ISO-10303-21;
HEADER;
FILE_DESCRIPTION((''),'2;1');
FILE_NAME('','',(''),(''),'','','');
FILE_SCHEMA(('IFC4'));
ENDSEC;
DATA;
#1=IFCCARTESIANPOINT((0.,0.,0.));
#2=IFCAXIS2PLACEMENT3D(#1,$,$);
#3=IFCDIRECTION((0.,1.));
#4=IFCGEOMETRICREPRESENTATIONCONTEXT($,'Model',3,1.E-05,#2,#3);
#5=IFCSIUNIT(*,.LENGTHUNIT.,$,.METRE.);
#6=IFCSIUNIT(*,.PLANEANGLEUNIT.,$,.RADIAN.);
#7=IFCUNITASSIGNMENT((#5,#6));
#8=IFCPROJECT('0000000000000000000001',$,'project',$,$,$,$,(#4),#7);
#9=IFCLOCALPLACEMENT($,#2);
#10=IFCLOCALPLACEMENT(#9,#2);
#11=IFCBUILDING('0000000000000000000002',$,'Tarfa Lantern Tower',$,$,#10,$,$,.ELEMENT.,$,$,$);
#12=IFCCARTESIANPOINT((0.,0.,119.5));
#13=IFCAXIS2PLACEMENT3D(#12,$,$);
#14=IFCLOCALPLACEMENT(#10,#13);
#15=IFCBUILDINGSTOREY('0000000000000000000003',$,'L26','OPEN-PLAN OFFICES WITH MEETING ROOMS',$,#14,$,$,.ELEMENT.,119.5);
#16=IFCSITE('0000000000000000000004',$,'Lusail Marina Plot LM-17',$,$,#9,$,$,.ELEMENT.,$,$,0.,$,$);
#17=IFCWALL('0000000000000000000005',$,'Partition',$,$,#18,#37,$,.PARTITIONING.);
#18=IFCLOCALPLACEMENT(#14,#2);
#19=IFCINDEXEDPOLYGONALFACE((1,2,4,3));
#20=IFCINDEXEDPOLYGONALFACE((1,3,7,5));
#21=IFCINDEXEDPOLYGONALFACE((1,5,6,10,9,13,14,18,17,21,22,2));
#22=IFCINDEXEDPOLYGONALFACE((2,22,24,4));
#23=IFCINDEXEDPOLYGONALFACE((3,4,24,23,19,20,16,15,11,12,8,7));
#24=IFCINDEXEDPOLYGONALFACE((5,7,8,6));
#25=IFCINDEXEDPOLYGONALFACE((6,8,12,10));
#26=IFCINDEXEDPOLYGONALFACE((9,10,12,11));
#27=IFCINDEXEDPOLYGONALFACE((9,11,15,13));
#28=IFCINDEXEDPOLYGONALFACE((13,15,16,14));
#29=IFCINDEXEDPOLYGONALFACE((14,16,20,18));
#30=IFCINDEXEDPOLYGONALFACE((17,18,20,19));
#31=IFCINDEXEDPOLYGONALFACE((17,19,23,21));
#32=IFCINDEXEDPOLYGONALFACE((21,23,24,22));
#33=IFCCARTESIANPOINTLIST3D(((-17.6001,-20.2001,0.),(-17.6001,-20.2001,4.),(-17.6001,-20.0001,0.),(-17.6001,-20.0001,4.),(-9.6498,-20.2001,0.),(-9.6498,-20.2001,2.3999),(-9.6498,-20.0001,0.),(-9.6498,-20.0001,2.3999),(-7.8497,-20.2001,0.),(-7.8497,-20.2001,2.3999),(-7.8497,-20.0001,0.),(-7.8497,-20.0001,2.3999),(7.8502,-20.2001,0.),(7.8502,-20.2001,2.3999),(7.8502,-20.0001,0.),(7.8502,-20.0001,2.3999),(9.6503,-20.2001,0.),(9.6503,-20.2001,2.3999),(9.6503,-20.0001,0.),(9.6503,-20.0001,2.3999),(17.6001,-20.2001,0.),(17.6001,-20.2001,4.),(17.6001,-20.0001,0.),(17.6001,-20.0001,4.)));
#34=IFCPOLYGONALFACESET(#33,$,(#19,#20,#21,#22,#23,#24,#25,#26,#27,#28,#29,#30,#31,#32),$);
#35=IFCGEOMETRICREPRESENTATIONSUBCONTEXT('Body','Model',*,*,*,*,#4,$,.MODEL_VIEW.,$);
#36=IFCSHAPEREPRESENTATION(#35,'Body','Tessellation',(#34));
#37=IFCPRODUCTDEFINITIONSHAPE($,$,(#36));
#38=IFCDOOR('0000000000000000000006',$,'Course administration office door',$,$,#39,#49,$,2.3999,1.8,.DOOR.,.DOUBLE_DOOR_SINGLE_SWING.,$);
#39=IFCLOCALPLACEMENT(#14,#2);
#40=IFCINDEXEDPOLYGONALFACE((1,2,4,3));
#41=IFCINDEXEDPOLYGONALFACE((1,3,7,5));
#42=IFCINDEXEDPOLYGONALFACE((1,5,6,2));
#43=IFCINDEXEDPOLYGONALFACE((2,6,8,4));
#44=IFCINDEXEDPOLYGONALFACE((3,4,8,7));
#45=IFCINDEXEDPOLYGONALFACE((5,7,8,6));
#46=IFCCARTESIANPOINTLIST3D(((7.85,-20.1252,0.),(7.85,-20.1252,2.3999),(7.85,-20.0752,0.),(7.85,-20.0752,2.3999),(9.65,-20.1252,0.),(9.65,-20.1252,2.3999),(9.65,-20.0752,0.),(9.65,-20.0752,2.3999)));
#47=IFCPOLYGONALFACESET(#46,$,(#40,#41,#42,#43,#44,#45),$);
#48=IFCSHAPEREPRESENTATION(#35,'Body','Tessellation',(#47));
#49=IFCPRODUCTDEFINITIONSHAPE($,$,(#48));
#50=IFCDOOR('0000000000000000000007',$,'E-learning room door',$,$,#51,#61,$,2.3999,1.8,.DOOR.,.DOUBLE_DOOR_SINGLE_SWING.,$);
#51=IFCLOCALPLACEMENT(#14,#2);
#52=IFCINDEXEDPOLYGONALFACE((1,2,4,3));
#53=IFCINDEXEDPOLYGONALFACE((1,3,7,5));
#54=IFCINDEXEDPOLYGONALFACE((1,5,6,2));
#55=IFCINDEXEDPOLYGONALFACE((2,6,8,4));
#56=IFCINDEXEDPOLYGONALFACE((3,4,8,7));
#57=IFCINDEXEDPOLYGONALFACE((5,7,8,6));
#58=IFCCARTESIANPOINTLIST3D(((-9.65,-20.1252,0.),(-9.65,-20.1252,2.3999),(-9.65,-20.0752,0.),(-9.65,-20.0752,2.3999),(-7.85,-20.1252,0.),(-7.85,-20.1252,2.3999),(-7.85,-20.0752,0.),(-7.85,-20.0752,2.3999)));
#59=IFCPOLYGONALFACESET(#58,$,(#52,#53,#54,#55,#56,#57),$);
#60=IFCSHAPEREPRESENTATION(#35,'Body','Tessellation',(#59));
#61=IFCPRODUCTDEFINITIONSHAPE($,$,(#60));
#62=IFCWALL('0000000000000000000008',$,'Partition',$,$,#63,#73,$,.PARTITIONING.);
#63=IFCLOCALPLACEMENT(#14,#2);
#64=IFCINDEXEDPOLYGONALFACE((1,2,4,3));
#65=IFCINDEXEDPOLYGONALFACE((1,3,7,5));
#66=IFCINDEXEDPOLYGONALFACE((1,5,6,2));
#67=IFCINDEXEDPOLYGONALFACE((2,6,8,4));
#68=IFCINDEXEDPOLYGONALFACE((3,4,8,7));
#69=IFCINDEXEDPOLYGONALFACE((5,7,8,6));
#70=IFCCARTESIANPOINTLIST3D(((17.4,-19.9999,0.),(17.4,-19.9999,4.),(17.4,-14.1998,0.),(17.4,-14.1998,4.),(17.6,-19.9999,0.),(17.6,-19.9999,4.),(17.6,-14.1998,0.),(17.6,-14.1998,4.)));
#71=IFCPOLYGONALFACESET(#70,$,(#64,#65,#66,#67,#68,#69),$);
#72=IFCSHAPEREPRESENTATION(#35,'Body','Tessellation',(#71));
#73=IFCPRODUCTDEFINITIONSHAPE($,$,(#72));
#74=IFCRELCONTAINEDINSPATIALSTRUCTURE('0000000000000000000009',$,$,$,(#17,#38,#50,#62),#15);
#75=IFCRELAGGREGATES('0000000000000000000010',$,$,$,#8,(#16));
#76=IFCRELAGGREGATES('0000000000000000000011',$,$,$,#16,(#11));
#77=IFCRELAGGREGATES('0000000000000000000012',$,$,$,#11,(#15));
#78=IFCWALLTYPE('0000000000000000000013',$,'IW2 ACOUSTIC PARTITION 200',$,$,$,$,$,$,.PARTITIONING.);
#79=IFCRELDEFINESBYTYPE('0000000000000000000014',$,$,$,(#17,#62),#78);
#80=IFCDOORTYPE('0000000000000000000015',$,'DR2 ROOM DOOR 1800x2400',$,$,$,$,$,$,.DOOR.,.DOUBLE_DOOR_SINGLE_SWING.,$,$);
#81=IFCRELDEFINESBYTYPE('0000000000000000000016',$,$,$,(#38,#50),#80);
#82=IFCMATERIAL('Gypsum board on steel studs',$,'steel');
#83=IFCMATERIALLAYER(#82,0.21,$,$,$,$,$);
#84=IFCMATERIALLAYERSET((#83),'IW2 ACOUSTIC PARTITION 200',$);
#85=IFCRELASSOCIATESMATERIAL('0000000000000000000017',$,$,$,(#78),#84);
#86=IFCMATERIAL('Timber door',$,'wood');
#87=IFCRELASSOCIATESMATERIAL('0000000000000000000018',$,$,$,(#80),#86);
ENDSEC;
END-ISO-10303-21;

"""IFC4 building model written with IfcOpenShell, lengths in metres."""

from ifc_helpers import new_model, si_unit, direction, frame, frame_2d, origin, place, context, subcontext, project, spatial, rectangle, extrude, material, layer, layer_set, type_object, element, fill, save


model = new_model("IFC4")

# Units and contexts
model_context = context("Model", 3, precision=1e-05, world=origin(), true_north=direction((0.0, 1.0)))
body_context = subcontext(model_context, "Body", "Model", "MODEL_VIEW")
ifc_project = project(units=[si_unit("LENGTHUNIT", "METRE"), si_unit("PLANEANGLEUNIT", "RADIAN")], contexts=[model_context])

# Site, building, storey
site_placement = place(None, origin())
site = spatial("IfcSite", under=ifc_project, at=site_placement, Name="Lusail Marina Plot LM-17", CompositionType="ELEMENT", RefElevation=0.0)
building_placement = place(site_placement, origin())
building = spatial("IfcBuilding", under=site, at=building_placement, Name="Tarfa Lantern Tower", CompositionType="ELEMENT")
storey_placement = place(building_placement, frame((0.0, 0.0, 119.5)))
storey = spatial("IfcBuildingStorey", under=building, at=storey_placement, Name="L26", Description="OPEN-PLAN OFFICES WITH MEETING ROOMS", CompositionType="ELEMENT", Elevation=119.5)

# Shared definitions
ifc_material_1 = material(Name="Gypsum board on steel studs", Category="steel")
ifc_layer_1 = layer(ifc_material_1, 0.21)
ifc_layer_set_1 = layer_set([ifc_layer_1], Name="IW2 ACOUSTIC PARTITION 200")
wall_type_1 = type_object("IfcWallType", Name="IW2 ACOUSTIC PARTITION 200", PredefinedType="PARTITIONING", material=ifc_layer_set_1)

# Wall, openings, doors
wall_1_placement = place(storey_placement, frame((17.6001, -20.1001, 0.0), z_axis=(0.0, 0.0, 1.0), x_axis=(-1.0, 0.0, 0.0)))
wall_1 = element("IfcWall", 1, at=wall_1_placement, inside=storey, type_object=wall_type_1, Name="Partition", PredefinedType="PARTITIONING", context=body_context, shape_type="SweptSolid", body=[
    extrude(rectangle(XDim=35.2002, YDim=0.2, at=frame_2d((17.6001, 0.0))), origin(), (0.0, 0.0, 1.0), 4.0),
])
opening_1_placement = place(wall_1_placement, frame((7.95, 0.0, 0.0)))
opening_1 = element("IfcOpeningElement", 2, at=opening_1_placement, cuts=wall_1, PredefinedType="OPENING", context=body_context, shape_type="SweptSolid", body=[
    extrude(rectangle(XDim=1.8, YDim=2.3999, at=frame_2d((0.8999, 1.2))), frame((0.0, 0.1099, 0.0), z_axis=(0.0, -1.0, 0.0), x_axis=(1.0, 0.0, 0.0)), (0.0, 0.0, 1.0), 0.22),
])
opening_2_placement = place(wall_1_placement, frame((25.45, 0.0, 0.0)))
opening_2 = element("IfcOpeningElement", 3, at=opening_2_placement, cuts=wall_1, PredefinedType="OPENING", context=body_context, shape_type="SweptSolid", body=[
    extrude(rectangle(XDim=1.8, YDim=2.3999, at=frame_2d((0.8999, 1.2))), frame((0.0, 0.1099, 0.0), z_axis=(0.0, -1.0, 0.0), x_axis=(1.0, 0.0, 0.0)), (0.0, 0.0, 1.0), 0.22),
])
ifc_material_2 = material(Name="Timber door", Category="wood")
door_type_1 = type_object("IfcDoorType", Name="DR2 ROOM DOOR 1800x2400", OperationType="DOUBLE_DOOR_SINGLE_SWING", PredefinedType="DOOR", material=ifc_material_2)
door_1_placement = place(opening_1_placement, frame((1.8, 0.0, 0.0), z_axis=(0.0, 0.0, 1.0), x_axis=(-1.0, 0.0, 0.0)))
door_1 = element("IfcDoor", 4, at=door_1_placement, inside=storey, type_object=door_type_1, Name="Course administration office door", OperationType="DOUBLE_DOOR_SINGLE_SWING", OverallHeight=2.3999, OverallWidth=1.8, PredefinedType="DOOR", context=body_context, shape_type="SweptSolid", body=[
    extrude(rectangle(XDim=1.8, YDim=2.3999, at=frame_2d((0.8999, 1.2))), frame((0.0, 0.0249, 0.0), z_axis=(0.0, -1.0, 0.0), x_axis=(1.0, 0.0, 0.0)), (0.0, 0.0, 1.0), 0.05),
])
fill(opening_1, door_1)
door_2_placement = place(opening_2_placement, frame((1.8, 0.0, 0.0), z_axis=(0.0, 0.0, 1.0), x_axis=(-1.0, 0.0, 0.0)))
door_2 = element("IfcDoor", 5, at=door_2_placement, inside=storey, type_object=door_type_1, Name="E-learning room door", OperationType="DOUBLE_DOOR_SINGLE_SWING", OverallHeight=2.3999, OverallWidth=1.8, PredefinedType="DOOR", context=body_context, shape_type="SweptSolid", body=[
    extrude(rectangle(XDim=1.8, YDim=2.3999, at=frame_2d((0.8999, 1.2))), frame((0.0, 0.0249, 0.0), z_axis=(0.0, -1.0, 0.0), x_axis=(1.0, 0.0, 0.0)), (0.0, 0.0, 1.0), 0.05),
])
fill(opening_2, door_2)

# Wall
wall_2_placement = place(storey_placement, frame((17.5, -14.2, 0.0), z_axis=(0.0, 0.0, 1.0), x_axis=(0.0, -1.0, 0.0)))
element("IfcWall", 6, at=wall_2_placement, inside=storey, type_object=wall_type_1, Name="Partition", PredefinedType="PARTITIONING", context=body_context, shape_type="SweptSolid", body=[
    extrude(rectangle(XDim=5.8, YDim=0.2, at=frame_2d((2.8999, 0.0))), origin(), (0.0, 0.0, 1.0), 4.0),
])

save(model, "model.ifc")
